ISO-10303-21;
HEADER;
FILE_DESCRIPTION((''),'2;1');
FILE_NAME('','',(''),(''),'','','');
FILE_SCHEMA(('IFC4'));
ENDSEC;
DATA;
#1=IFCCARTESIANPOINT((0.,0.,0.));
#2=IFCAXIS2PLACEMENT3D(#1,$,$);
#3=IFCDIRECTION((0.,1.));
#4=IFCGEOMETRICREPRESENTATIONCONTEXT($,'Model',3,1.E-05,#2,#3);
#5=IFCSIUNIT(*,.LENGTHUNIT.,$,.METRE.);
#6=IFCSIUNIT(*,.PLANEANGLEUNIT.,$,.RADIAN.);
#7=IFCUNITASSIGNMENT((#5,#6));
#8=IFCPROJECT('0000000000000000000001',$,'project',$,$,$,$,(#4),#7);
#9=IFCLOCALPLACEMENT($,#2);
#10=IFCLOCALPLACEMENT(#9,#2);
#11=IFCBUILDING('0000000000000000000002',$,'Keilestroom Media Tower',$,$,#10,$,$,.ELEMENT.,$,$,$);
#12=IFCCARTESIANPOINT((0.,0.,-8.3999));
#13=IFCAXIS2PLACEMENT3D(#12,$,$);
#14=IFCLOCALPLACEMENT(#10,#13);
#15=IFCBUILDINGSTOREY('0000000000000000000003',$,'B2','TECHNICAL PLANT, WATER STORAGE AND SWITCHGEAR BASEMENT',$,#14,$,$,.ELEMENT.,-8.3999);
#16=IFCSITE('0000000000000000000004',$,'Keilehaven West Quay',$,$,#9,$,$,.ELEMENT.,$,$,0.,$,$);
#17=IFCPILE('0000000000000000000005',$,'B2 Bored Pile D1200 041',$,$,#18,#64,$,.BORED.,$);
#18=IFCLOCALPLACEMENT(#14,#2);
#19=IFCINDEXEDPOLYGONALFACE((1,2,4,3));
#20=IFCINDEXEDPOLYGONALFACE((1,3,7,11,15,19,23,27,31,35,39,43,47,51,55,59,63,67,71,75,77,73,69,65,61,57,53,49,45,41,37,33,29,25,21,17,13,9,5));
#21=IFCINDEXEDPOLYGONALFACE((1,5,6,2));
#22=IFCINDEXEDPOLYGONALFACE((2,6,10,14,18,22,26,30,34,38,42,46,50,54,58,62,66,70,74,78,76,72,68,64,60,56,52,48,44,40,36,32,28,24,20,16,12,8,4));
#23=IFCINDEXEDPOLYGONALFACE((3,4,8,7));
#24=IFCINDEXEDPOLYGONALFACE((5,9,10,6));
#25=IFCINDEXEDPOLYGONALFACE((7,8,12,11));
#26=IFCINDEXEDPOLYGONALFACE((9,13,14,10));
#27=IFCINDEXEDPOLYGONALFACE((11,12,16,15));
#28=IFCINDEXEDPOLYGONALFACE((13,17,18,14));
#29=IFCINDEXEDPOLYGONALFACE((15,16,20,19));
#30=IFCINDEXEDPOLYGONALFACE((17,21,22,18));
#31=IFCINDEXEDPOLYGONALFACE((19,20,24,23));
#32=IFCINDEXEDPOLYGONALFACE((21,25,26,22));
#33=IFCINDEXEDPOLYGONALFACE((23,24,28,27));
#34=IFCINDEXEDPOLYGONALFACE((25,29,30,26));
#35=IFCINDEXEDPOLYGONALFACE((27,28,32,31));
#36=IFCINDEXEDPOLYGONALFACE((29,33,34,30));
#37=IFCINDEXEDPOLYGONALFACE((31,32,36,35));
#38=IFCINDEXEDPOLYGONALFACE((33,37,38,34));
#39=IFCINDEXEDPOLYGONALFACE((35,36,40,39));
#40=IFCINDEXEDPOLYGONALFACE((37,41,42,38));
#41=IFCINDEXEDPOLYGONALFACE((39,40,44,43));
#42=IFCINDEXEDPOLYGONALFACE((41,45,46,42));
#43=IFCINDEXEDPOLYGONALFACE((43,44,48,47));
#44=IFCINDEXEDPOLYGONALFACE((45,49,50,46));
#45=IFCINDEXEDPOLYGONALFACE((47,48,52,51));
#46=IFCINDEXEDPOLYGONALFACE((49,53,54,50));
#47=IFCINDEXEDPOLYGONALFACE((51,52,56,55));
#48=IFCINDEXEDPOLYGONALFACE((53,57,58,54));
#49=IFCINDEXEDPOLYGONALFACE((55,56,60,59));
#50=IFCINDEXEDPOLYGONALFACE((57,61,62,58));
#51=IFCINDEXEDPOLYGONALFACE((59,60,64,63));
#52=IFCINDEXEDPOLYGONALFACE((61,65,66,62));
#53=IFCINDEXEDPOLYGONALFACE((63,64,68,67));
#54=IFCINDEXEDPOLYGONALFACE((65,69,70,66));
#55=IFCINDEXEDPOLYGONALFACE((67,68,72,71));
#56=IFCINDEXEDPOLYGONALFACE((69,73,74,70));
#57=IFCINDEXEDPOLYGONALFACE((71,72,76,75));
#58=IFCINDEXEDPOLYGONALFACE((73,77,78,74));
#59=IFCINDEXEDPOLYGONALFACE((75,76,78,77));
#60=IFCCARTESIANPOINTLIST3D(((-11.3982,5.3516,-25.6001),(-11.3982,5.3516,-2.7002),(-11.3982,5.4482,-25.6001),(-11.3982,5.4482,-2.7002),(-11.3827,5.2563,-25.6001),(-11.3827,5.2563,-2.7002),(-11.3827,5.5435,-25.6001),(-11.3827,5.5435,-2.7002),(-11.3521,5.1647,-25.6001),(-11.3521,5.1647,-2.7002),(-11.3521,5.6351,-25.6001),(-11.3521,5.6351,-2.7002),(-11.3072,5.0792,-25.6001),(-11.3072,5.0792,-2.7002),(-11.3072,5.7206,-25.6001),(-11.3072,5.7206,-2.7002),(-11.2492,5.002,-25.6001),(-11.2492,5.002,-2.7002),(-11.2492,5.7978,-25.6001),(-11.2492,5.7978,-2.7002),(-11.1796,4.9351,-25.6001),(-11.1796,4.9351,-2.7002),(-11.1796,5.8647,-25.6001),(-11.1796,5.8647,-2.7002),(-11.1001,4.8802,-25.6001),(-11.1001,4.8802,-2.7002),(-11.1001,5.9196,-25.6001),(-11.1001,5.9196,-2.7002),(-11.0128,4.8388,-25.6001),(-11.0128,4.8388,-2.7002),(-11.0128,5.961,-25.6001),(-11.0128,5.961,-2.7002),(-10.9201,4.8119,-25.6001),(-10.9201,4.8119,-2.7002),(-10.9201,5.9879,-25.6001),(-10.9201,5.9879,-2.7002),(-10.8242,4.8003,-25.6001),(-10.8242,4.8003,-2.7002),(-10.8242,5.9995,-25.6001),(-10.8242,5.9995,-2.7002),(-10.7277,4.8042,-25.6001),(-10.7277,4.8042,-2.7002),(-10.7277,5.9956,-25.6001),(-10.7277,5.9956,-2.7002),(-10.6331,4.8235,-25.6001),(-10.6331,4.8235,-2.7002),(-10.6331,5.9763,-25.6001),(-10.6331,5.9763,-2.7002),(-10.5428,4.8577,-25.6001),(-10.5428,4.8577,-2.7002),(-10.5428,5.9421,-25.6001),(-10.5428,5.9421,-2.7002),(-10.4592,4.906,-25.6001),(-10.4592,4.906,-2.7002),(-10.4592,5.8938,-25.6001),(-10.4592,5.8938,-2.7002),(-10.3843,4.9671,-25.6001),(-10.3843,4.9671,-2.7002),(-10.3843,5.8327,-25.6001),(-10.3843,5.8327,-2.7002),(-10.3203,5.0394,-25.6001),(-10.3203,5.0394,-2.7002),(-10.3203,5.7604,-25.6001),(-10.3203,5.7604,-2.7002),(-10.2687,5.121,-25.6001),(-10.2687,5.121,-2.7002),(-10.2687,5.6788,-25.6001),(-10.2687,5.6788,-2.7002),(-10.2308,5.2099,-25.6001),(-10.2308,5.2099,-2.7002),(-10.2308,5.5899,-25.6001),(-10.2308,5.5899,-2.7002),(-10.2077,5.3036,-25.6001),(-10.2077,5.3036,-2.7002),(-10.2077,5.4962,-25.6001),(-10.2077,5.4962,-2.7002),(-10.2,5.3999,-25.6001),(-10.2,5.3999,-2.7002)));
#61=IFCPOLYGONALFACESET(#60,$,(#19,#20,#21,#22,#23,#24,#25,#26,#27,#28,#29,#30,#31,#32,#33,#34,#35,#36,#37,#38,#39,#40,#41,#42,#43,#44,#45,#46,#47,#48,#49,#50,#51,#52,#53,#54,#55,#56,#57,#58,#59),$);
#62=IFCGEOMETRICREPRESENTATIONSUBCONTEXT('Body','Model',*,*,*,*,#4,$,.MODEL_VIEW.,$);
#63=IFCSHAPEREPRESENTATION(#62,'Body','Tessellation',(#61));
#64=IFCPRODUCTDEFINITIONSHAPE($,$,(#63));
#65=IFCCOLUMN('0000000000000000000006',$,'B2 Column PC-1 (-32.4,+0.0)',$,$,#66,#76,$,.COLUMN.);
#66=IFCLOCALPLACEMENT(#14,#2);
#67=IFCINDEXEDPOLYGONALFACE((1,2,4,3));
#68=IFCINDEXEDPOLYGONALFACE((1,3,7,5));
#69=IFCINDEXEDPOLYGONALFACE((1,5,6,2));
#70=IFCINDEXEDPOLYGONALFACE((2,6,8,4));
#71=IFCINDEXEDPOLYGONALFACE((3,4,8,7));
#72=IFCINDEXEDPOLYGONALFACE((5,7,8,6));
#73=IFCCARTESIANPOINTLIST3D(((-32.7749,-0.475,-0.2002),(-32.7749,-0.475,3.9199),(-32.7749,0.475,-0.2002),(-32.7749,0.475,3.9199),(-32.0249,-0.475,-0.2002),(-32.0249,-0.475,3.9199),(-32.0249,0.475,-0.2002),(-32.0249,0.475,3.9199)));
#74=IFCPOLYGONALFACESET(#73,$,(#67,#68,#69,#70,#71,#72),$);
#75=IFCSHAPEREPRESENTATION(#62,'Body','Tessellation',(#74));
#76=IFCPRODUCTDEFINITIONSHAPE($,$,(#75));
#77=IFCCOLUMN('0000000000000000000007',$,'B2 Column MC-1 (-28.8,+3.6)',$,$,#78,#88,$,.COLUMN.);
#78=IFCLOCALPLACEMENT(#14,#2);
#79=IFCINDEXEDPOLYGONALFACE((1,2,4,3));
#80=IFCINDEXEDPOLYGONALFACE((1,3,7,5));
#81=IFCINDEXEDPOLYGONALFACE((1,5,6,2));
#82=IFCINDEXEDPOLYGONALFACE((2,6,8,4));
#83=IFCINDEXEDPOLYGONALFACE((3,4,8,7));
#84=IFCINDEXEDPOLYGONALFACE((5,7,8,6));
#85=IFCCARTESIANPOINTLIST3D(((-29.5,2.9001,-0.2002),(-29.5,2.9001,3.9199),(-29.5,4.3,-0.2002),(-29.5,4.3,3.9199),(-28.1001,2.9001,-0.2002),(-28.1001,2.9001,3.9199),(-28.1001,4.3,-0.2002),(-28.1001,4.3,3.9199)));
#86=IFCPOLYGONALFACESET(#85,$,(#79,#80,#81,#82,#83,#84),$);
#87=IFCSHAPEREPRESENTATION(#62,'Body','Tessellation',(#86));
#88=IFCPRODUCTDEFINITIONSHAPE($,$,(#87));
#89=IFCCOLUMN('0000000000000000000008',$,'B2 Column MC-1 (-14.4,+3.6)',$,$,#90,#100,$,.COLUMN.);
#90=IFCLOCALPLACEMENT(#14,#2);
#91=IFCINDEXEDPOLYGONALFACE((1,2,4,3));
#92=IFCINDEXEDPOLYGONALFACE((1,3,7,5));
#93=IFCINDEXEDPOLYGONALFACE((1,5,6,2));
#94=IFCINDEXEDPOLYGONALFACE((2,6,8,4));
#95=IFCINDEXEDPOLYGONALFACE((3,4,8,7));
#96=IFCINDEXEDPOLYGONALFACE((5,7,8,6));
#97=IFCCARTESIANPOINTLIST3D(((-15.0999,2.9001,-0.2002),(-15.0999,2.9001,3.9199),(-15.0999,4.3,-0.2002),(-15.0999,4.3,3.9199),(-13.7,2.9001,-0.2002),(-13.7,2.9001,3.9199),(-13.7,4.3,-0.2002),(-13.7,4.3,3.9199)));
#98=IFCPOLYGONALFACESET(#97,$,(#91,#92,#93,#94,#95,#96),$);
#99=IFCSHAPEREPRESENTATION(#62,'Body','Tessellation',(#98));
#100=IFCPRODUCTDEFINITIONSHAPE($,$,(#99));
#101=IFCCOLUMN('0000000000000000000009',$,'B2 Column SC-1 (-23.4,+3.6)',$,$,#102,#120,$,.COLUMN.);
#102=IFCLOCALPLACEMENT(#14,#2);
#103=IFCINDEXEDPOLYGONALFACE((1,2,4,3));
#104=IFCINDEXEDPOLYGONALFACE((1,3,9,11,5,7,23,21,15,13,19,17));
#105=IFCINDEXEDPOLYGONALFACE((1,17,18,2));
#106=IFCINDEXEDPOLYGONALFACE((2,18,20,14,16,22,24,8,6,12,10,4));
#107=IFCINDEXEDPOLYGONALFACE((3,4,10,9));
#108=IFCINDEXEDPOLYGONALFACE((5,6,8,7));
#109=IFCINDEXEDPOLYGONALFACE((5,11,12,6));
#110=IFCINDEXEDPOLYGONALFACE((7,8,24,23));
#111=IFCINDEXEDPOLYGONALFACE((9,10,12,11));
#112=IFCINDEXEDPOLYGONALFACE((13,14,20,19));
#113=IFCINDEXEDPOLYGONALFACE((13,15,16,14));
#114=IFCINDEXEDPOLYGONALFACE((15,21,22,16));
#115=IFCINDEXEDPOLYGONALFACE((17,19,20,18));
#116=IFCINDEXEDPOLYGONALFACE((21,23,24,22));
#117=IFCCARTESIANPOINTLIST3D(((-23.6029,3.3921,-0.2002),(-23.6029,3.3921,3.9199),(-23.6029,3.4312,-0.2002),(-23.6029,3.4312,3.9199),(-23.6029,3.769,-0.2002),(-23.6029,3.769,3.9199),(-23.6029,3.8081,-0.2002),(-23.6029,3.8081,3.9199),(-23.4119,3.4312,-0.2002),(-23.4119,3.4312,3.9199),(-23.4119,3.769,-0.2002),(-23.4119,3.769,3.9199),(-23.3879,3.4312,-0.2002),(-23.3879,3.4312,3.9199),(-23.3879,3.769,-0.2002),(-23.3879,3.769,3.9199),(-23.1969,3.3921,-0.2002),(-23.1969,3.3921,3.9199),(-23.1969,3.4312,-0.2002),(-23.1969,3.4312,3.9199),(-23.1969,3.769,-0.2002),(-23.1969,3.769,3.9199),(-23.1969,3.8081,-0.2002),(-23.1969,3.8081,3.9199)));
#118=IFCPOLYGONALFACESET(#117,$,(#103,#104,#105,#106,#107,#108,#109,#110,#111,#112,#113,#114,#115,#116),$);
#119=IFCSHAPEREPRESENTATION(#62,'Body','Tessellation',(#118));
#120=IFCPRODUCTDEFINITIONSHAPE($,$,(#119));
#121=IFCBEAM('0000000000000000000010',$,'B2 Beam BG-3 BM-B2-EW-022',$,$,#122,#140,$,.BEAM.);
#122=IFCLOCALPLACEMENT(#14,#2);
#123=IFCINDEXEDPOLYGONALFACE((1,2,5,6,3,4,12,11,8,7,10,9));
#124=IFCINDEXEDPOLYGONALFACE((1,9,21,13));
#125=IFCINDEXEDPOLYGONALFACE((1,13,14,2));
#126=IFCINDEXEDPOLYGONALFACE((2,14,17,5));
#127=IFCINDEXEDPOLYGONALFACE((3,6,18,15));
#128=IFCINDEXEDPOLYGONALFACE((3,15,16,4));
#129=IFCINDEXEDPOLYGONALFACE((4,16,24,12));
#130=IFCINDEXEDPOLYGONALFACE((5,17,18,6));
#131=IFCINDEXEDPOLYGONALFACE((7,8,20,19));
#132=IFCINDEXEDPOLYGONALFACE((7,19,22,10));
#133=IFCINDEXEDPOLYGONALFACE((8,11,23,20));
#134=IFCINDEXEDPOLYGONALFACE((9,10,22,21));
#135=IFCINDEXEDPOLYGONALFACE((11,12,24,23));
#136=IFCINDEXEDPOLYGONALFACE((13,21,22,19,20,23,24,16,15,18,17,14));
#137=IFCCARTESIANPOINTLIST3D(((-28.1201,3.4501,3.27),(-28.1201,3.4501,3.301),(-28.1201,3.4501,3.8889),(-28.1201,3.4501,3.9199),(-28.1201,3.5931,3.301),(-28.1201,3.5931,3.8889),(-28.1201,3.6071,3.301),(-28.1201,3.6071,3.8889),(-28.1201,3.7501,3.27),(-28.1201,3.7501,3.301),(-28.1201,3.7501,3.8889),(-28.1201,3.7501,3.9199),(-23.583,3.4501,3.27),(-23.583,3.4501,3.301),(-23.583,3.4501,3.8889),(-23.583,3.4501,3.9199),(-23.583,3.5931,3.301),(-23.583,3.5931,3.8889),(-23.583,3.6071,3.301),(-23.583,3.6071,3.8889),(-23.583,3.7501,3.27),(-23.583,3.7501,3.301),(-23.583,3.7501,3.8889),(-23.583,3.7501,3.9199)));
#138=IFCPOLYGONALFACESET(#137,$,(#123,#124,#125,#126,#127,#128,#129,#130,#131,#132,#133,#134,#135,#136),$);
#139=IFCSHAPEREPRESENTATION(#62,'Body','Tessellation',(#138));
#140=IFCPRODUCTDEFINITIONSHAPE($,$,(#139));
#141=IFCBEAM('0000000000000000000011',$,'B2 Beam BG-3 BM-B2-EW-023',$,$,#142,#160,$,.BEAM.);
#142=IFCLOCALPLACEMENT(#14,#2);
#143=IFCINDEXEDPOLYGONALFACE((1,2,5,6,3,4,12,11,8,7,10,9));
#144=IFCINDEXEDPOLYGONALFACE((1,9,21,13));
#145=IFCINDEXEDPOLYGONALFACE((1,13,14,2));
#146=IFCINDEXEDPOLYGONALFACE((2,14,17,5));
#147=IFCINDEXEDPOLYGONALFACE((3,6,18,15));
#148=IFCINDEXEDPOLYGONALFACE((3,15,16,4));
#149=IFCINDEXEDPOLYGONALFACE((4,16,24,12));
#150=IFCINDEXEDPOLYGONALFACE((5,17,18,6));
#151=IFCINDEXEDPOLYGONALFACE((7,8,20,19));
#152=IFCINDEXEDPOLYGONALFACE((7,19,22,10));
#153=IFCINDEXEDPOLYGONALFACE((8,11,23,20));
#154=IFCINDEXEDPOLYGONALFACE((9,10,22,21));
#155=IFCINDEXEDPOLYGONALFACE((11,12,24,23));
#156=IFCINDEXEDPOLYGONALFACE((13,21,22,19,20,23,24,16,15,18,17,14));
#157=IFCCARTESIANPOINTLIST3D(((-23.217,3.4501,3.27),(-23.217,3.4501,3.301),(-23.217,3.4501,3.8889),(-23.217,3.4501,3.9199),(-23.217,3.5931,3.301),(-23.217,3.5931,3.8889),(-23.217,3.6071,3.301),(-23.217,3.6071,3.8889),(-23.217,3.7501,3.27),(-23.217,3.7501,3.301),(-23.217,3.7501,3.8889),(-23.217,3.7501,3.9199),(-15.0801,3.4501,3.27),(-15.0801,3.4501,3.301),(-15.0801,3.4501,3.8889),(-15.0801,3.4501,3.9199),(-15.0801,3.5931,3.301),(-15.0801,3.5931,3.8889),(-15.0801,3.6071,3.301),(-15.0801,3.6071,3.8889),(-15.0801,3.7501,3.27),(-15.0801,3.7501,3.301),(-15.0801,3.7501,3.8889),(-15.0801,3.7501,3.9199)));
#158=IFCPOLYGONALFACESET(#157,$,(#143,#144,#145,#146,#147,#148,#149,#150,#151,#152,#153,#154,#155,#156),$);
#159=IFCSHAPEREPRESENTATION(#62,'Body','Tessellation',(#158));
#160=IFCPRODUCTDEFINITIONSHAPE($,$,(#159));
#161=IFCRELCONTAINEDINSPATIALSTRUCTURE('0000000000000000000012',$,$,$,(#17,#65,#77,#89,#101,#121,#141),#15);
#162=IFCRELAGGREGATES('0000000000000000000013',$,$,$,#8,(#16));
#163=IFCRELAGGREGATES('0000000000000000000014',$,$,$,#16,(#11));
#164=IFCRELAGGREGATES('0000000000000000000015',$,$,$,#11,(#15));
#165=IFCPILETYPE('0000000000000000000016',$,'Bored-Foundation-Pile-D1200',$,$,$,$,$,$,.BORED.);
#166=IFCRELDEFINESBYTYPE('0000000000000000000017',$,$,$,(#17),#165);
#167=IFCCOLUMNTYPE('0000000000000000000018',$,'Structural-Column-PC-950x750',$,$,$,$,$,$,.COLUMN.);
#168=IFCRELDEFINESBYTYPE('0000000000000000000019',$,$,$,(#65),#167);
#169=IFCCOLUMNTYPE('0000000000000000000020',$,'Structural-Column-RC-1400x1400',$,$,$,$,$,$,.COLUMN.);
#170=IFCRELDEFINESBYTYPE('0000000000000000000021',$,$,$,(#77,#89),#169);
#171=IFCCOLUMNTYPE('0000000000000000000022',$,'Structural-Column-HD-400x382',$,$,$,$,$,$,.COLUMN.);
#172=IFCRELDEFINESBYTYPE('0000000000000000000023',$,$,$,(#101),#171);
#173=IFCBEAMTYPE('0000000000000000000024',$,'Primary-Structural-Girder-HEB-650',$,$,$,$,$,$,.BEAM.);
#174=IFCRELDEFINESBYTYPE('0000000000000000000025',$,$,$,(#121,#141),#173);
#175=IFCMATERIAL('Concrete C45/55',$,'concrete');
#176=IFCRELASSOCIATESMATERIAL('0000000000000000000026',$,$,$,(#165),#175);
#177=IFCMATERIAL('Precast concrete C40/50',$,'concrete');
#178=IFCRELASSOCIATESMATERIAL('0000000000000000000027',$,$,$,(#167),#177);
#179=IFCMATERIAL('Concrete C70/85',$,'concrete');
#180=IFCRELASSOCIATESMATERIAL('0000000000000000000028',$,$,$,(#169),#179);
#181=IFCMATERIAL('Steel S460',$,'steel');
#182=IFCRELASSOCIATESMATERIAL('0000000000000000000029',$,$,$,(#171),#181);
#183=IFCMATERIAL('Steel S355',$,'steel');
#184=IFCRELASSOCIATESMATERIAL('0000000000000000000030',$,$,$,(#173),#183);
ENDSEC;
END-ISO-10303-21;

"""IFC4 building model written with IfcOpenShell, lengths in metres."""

from ifc_helpers import new_model, si_unit, direction, frame, origin, origin_2d, place, context, subcontext, project, spatial, rectangle, circle, i_section, extrude, source, transform, mapped, material, material_profile, profile_set, type_object, element, save


model = new_model("IFC4")

# Units and contexts
model_context = context("Model", 3, precision=1e-05, world=origin(), true_north=direction((0.0, 1.0)))
body_context = subcontext(model_context, "Body", "Model", "MODEL_VIEW")
ifc_project = project(units=[si_unit("LENGTHUNIT", "METRE"), si_unit("PLANEANGLEUNIT", "RADIAN")], contexts=[model_context])

# Site, building, storey
site_placement = place(None, origin())
site = spatial("IfcSite", under=ifc_project, at=site_placement, Name="Keilehaven West Quay", CompositionType="ELEMENT", RefElevation=0.0)
building_placement = place(site_placement, origin())
building = spatial("IfcBuilding", under=site, at=building_placement, Name="Keilestroom Media Tower", CompositionType="ELEMENT")
storey_placement = place(building_placement, frame((0.0, 0.0, -8.3999)))
storey = spatial("IfcBuildingStorey", under=building, at=storey_placement, Name="B2", Description="TECHNICAL PLANT, WATER STORAGE AND SWITCHGEAR BASEMENT", CompositionType="ELEMENT", Elevation=-8.3999)

# Pile
ifc_material_1 = material(Name="Concrete C45/55", Category="concrete")
ifc_material_profile_1 = material_profile(ifc_material_1, circle(Radius=0.6001, at=origin_2d()), Name="BORED PILE D1200")
ifc_profile_set_1 = profile_set([ifc_material_profile_1], Name="Concrete C45/55")
pile_type = type_object("IfcPileType", Name="Bored-Foundation-Pile-D1200", PredefinedType="BORED", material=ifc_profile_set_1)
shared_shape_1 = source(origin(), body_context, "Body", "SweptSolid", [
    extrude(circle(Radius=0.6001, at=origin_2d()), origin(), (0.0, 0.0, 1.0), 22.8999),
])
for number, where, z_axis, x_axis, name in (
    (1, (-10.8, 5.3999, -2.7002), (0.0, 0.0, -1.0), (1.0, 0.0, 0.0), "B2 Bored Pile D1200 041"),
):
    element("IfcPile", number, at=place(storey_placement, frame(where, z_axis=z_axis, x_axis=x_axis)), inside=storey, type_object=pile_type, Name=name, PredefinedType="BORED", context=body_context, shape_type="MappedRepresentation", body=[
        mapped(shared_shape_1, transform((0.0, 0.0, 0.0), x_axis=(1.0, 0.0, 0.0), y_axis=(0.0, 1.0, 0.0), z_axis=(0.0, 0.0, 1.0), scale=1.0)),
    ])

# Columns
ifc_material_2 = material(Name="Precast concrete C40/50", Category="concrete")
ifc_material_profile_2 = material_profile(ifc_material_2, rectangle(XDim=0.75, YDim=0.95, at=origin_2d()), Name="PC 950x750")
ifc_profile_set_2 = profile_set([ifc_material_profile_2], Name="Precast concrete C40/50")
column_type_1 = type_object("IfcColumnType", Name="Structural-Column-PC-950x750", PredefinedType="COLUMN", material=ifc_profile_set_2)
shared_shape_2 = source(origin(), body_context, "Body", "SweptSolid", [
    extrude(rectangle(XDim=0.75, YDim=0.95, at=origin_2d()), origin(), (0.0, 0.0, 1.0), 4.1201),
])
column_1_placement = place(storey_placement, frame((-32.3999, 0.0, -0.2002), z_axis=(0.0, 0.0, 1.0), x_axis=(1.0, 0.0, 0.0)))
element("IfcColumn", 2, at=column_1_placement, inside=storey, type_object=column_type_1, Name="B2 Column PC-1 (-32.4,+0.0)", PredefinedType="COLUMN", context=body_context, shape_type="MappedRepresentation", body=[
    mapped(shared_shape_2, transform((0.0, 0.0, 0.0), x_axis=(1.0, 0.0, 0.0), y_axis=(0.0, 1.0, 0.0), z_axis=(0.0, 0.0, 1.0), scale=1.0)),
])
ifc_material_3 = material(Name="Concrete C70/85", Category="concrete")
ifc_material_profile_3 = material_profile(ifc_material_3, rectangle(XDim=1.3999, YDim=1.3999, at=origin_2d()), Name="RC 1400x1400")
ifc_profile_set_3 = profile_set([ifc_material_profile_3], Name="Concrete C70/85")
column_type_2 = type_object("IfcColumnType", Name="Structural-Column-RC-1400x1400", PredefinedType="COLUMN", material=ifc_profile_set_3)
shared_shape_3 = source(origin(), body_context, "Body", "SweptSolid", [
    extrude(rectangle(XDim=1.3999, YDim=1.3999, at=origin_2d()), origin(), (0.0, 0.0, 1.0), 4.1201),
])
for number, where, z_axis, x_axis, name in (
    (3, (-28.8, 3.6001, -0.2002), (0.0, 0.0, 1.0), (1.0, 0.0, 0.0), "B2 Column MC-1 (-28.8,+3.6)"),
    (4, (-14.3999, 3.6001, -0.2002), (0.0, 0.0, 1.0), (1.0, 0.0, 0.0), "B2 Column MC-1 (-14.4,+3.6)"),
):
    element("IfcColumn", number, at=place(storey_placement, frame(where, z_axis=z_axis, x_axis=x_axis)), inside=storey, type_object=column_type_2, Name=name, PredefinedType="COLUMN", context=body_context, shape_type="MappedRepresentation", body=[
        mapped(shared_shape_3, transform((0.0, 0.0, 0.0), x_axis=(1.0, 0.0, 0.0), y_axis=(0.0, 1.0, 0.0), z_axis=(0.0, 0.0, 1.0), scale=1.0)),
    ])
ifc_material_4 = material(Name="Steel S460", Category="steel")
ifc_material_profile_4 = material_profile(ifc_material_4, i_section(OverallWidth=0.406, OverallDepth=0.416, WebThickness=0.0239, FlangeThickness=0.0391, at=origin_2d()), Name="HD 400x382")
ifc_profile_set_4 = profile_set([ifc_material_profile_4], Name="Steel S460")
column_type_3 = type_object("IfcColumnType", Name="Structural-Column-HD-400x382", PredefinedType="COLUMN", material=ifc_profile_set_4)
shared_shape_4 = source(origin(), body_context, "Body", "SweptSolid", [
    extrude(i_section(OverallWidth=0.406, OverallDepth=0.416, WebThickness=0.0239, FlangeThickness=0.0391, at=origin_2d()), origin(), (0.0, 0.0, 1.0), 4.1201),
])
column_2_placement = place(storey_placement, frame((-23.3999, 3.6001, -0.2002), z_axis=(0.0, 0.0, 1.0), x_axis=(1.0, 0.0, 0.0)))
element("IfcColumn", 5, at=column_2_placement, inside=storey, type_object=column_type_3, Name="B2 Column SC-1 (-23.4,+3.6)", PredefinedType="COLUMN", context=body_context, shape_type="MappedRepresentation", body=[
    mapped(shared_shape_4, transform((0.0, 0.0, 0.0), x_axis=(1.0, 0.0, 0.0), y_axis=(0.0, 1.0, 0.0), z_axis=(0.0, 0.0, 1.0), scale=1.0)),
])

# Beams
ifc_material_5 = material(Name="Steel S355", Category="steel")
ifc_material_profile_5 = material_profile(ifc_material_5, i_section(OverallWidth=0.3, OverallDepth=0.6499, WebThickness=0.0139, FlangeThickness=0.031, at=origin_2d()), Name="HEB 650")
ifc_profile_set_5 = profile_set([ifc_material_profile_5], Name="Steel S355")
beam_type_1 = type_object("IfcBeamType", Name="Primary-Structural-Girder-HEB-650", PredefinedType="BEAM", material=ifc_profile_set_5)
shared_shape_5 = source(origin(), body_context, "Body", "SweptSolid", [
    extrude(i_section(OverallWidth=0.3, OverallDepth=0.6499, WebThickness=0.0139, FlangeThickness=0.031, at=origin_2d()), origin(), (0.0, 0.0, 1.0), 4.5371),
])
beam_1_placement = place(storey_placement, frame((-28.1201, 3.6001, 3.595), z_axis=(1.0, 0.0, 0.0), x_axis=(0.0, 1.0, 0.0)))
element("IfcBeam", 6, at=beam_1_placement, inside=storey, type_object=beam_type_1, Name="B2 Beam BG-3 BM-B2-EW-022", PredefinedType="BEAM", context=body_context, shape_type="MappedRepresentation", body=[
    mapped(shared_shape_5, transform((0.0, 0.0, 0.0), x_axis=(1.0, 0.0, 0.0), y_axis=(0.0, 1.0, 0.0), z_axis=(0.0, 0.0, 1.0), scale=1.0)),
])
shared_shape_6 = source(origin(), body_context, "Body", "SweptSolid", [
    extrude(i_section(OverallWidth=0.3, OverallDepth=0.6499, WebThickness=0.0139, FlangeThickness=0.031, at=origin_2d()), origin(), (0.0, 0.0, 1.0), 8.137),
])
beam_2_placement = place(storey_placement, frame((-23.217, 3.6001, 3.595), z_axis=(1.0, 0.0, 0.0), x_axis=(0.0, 1.0, 0.0)))
element("IfcBeam", 7, at=beam_2_placement, inside=storey, type_object=beam_type_1, Name="B2 Beam BG-3 BM-B2-EW-023", PredefinedType="BEAM", context=body_context, shape_type="MappedRepresentation", body=[
    mapped(shared_shape_6, transform((0.0, 0.0, 0.0), x_axis=(1.0, 0.0, 0.0), y_axis=(0.0, 1.0, 0.0), z_axis=(0.0, 0.0, 1.0), scale=1.0)),
])

save(model, "model.ifc")
